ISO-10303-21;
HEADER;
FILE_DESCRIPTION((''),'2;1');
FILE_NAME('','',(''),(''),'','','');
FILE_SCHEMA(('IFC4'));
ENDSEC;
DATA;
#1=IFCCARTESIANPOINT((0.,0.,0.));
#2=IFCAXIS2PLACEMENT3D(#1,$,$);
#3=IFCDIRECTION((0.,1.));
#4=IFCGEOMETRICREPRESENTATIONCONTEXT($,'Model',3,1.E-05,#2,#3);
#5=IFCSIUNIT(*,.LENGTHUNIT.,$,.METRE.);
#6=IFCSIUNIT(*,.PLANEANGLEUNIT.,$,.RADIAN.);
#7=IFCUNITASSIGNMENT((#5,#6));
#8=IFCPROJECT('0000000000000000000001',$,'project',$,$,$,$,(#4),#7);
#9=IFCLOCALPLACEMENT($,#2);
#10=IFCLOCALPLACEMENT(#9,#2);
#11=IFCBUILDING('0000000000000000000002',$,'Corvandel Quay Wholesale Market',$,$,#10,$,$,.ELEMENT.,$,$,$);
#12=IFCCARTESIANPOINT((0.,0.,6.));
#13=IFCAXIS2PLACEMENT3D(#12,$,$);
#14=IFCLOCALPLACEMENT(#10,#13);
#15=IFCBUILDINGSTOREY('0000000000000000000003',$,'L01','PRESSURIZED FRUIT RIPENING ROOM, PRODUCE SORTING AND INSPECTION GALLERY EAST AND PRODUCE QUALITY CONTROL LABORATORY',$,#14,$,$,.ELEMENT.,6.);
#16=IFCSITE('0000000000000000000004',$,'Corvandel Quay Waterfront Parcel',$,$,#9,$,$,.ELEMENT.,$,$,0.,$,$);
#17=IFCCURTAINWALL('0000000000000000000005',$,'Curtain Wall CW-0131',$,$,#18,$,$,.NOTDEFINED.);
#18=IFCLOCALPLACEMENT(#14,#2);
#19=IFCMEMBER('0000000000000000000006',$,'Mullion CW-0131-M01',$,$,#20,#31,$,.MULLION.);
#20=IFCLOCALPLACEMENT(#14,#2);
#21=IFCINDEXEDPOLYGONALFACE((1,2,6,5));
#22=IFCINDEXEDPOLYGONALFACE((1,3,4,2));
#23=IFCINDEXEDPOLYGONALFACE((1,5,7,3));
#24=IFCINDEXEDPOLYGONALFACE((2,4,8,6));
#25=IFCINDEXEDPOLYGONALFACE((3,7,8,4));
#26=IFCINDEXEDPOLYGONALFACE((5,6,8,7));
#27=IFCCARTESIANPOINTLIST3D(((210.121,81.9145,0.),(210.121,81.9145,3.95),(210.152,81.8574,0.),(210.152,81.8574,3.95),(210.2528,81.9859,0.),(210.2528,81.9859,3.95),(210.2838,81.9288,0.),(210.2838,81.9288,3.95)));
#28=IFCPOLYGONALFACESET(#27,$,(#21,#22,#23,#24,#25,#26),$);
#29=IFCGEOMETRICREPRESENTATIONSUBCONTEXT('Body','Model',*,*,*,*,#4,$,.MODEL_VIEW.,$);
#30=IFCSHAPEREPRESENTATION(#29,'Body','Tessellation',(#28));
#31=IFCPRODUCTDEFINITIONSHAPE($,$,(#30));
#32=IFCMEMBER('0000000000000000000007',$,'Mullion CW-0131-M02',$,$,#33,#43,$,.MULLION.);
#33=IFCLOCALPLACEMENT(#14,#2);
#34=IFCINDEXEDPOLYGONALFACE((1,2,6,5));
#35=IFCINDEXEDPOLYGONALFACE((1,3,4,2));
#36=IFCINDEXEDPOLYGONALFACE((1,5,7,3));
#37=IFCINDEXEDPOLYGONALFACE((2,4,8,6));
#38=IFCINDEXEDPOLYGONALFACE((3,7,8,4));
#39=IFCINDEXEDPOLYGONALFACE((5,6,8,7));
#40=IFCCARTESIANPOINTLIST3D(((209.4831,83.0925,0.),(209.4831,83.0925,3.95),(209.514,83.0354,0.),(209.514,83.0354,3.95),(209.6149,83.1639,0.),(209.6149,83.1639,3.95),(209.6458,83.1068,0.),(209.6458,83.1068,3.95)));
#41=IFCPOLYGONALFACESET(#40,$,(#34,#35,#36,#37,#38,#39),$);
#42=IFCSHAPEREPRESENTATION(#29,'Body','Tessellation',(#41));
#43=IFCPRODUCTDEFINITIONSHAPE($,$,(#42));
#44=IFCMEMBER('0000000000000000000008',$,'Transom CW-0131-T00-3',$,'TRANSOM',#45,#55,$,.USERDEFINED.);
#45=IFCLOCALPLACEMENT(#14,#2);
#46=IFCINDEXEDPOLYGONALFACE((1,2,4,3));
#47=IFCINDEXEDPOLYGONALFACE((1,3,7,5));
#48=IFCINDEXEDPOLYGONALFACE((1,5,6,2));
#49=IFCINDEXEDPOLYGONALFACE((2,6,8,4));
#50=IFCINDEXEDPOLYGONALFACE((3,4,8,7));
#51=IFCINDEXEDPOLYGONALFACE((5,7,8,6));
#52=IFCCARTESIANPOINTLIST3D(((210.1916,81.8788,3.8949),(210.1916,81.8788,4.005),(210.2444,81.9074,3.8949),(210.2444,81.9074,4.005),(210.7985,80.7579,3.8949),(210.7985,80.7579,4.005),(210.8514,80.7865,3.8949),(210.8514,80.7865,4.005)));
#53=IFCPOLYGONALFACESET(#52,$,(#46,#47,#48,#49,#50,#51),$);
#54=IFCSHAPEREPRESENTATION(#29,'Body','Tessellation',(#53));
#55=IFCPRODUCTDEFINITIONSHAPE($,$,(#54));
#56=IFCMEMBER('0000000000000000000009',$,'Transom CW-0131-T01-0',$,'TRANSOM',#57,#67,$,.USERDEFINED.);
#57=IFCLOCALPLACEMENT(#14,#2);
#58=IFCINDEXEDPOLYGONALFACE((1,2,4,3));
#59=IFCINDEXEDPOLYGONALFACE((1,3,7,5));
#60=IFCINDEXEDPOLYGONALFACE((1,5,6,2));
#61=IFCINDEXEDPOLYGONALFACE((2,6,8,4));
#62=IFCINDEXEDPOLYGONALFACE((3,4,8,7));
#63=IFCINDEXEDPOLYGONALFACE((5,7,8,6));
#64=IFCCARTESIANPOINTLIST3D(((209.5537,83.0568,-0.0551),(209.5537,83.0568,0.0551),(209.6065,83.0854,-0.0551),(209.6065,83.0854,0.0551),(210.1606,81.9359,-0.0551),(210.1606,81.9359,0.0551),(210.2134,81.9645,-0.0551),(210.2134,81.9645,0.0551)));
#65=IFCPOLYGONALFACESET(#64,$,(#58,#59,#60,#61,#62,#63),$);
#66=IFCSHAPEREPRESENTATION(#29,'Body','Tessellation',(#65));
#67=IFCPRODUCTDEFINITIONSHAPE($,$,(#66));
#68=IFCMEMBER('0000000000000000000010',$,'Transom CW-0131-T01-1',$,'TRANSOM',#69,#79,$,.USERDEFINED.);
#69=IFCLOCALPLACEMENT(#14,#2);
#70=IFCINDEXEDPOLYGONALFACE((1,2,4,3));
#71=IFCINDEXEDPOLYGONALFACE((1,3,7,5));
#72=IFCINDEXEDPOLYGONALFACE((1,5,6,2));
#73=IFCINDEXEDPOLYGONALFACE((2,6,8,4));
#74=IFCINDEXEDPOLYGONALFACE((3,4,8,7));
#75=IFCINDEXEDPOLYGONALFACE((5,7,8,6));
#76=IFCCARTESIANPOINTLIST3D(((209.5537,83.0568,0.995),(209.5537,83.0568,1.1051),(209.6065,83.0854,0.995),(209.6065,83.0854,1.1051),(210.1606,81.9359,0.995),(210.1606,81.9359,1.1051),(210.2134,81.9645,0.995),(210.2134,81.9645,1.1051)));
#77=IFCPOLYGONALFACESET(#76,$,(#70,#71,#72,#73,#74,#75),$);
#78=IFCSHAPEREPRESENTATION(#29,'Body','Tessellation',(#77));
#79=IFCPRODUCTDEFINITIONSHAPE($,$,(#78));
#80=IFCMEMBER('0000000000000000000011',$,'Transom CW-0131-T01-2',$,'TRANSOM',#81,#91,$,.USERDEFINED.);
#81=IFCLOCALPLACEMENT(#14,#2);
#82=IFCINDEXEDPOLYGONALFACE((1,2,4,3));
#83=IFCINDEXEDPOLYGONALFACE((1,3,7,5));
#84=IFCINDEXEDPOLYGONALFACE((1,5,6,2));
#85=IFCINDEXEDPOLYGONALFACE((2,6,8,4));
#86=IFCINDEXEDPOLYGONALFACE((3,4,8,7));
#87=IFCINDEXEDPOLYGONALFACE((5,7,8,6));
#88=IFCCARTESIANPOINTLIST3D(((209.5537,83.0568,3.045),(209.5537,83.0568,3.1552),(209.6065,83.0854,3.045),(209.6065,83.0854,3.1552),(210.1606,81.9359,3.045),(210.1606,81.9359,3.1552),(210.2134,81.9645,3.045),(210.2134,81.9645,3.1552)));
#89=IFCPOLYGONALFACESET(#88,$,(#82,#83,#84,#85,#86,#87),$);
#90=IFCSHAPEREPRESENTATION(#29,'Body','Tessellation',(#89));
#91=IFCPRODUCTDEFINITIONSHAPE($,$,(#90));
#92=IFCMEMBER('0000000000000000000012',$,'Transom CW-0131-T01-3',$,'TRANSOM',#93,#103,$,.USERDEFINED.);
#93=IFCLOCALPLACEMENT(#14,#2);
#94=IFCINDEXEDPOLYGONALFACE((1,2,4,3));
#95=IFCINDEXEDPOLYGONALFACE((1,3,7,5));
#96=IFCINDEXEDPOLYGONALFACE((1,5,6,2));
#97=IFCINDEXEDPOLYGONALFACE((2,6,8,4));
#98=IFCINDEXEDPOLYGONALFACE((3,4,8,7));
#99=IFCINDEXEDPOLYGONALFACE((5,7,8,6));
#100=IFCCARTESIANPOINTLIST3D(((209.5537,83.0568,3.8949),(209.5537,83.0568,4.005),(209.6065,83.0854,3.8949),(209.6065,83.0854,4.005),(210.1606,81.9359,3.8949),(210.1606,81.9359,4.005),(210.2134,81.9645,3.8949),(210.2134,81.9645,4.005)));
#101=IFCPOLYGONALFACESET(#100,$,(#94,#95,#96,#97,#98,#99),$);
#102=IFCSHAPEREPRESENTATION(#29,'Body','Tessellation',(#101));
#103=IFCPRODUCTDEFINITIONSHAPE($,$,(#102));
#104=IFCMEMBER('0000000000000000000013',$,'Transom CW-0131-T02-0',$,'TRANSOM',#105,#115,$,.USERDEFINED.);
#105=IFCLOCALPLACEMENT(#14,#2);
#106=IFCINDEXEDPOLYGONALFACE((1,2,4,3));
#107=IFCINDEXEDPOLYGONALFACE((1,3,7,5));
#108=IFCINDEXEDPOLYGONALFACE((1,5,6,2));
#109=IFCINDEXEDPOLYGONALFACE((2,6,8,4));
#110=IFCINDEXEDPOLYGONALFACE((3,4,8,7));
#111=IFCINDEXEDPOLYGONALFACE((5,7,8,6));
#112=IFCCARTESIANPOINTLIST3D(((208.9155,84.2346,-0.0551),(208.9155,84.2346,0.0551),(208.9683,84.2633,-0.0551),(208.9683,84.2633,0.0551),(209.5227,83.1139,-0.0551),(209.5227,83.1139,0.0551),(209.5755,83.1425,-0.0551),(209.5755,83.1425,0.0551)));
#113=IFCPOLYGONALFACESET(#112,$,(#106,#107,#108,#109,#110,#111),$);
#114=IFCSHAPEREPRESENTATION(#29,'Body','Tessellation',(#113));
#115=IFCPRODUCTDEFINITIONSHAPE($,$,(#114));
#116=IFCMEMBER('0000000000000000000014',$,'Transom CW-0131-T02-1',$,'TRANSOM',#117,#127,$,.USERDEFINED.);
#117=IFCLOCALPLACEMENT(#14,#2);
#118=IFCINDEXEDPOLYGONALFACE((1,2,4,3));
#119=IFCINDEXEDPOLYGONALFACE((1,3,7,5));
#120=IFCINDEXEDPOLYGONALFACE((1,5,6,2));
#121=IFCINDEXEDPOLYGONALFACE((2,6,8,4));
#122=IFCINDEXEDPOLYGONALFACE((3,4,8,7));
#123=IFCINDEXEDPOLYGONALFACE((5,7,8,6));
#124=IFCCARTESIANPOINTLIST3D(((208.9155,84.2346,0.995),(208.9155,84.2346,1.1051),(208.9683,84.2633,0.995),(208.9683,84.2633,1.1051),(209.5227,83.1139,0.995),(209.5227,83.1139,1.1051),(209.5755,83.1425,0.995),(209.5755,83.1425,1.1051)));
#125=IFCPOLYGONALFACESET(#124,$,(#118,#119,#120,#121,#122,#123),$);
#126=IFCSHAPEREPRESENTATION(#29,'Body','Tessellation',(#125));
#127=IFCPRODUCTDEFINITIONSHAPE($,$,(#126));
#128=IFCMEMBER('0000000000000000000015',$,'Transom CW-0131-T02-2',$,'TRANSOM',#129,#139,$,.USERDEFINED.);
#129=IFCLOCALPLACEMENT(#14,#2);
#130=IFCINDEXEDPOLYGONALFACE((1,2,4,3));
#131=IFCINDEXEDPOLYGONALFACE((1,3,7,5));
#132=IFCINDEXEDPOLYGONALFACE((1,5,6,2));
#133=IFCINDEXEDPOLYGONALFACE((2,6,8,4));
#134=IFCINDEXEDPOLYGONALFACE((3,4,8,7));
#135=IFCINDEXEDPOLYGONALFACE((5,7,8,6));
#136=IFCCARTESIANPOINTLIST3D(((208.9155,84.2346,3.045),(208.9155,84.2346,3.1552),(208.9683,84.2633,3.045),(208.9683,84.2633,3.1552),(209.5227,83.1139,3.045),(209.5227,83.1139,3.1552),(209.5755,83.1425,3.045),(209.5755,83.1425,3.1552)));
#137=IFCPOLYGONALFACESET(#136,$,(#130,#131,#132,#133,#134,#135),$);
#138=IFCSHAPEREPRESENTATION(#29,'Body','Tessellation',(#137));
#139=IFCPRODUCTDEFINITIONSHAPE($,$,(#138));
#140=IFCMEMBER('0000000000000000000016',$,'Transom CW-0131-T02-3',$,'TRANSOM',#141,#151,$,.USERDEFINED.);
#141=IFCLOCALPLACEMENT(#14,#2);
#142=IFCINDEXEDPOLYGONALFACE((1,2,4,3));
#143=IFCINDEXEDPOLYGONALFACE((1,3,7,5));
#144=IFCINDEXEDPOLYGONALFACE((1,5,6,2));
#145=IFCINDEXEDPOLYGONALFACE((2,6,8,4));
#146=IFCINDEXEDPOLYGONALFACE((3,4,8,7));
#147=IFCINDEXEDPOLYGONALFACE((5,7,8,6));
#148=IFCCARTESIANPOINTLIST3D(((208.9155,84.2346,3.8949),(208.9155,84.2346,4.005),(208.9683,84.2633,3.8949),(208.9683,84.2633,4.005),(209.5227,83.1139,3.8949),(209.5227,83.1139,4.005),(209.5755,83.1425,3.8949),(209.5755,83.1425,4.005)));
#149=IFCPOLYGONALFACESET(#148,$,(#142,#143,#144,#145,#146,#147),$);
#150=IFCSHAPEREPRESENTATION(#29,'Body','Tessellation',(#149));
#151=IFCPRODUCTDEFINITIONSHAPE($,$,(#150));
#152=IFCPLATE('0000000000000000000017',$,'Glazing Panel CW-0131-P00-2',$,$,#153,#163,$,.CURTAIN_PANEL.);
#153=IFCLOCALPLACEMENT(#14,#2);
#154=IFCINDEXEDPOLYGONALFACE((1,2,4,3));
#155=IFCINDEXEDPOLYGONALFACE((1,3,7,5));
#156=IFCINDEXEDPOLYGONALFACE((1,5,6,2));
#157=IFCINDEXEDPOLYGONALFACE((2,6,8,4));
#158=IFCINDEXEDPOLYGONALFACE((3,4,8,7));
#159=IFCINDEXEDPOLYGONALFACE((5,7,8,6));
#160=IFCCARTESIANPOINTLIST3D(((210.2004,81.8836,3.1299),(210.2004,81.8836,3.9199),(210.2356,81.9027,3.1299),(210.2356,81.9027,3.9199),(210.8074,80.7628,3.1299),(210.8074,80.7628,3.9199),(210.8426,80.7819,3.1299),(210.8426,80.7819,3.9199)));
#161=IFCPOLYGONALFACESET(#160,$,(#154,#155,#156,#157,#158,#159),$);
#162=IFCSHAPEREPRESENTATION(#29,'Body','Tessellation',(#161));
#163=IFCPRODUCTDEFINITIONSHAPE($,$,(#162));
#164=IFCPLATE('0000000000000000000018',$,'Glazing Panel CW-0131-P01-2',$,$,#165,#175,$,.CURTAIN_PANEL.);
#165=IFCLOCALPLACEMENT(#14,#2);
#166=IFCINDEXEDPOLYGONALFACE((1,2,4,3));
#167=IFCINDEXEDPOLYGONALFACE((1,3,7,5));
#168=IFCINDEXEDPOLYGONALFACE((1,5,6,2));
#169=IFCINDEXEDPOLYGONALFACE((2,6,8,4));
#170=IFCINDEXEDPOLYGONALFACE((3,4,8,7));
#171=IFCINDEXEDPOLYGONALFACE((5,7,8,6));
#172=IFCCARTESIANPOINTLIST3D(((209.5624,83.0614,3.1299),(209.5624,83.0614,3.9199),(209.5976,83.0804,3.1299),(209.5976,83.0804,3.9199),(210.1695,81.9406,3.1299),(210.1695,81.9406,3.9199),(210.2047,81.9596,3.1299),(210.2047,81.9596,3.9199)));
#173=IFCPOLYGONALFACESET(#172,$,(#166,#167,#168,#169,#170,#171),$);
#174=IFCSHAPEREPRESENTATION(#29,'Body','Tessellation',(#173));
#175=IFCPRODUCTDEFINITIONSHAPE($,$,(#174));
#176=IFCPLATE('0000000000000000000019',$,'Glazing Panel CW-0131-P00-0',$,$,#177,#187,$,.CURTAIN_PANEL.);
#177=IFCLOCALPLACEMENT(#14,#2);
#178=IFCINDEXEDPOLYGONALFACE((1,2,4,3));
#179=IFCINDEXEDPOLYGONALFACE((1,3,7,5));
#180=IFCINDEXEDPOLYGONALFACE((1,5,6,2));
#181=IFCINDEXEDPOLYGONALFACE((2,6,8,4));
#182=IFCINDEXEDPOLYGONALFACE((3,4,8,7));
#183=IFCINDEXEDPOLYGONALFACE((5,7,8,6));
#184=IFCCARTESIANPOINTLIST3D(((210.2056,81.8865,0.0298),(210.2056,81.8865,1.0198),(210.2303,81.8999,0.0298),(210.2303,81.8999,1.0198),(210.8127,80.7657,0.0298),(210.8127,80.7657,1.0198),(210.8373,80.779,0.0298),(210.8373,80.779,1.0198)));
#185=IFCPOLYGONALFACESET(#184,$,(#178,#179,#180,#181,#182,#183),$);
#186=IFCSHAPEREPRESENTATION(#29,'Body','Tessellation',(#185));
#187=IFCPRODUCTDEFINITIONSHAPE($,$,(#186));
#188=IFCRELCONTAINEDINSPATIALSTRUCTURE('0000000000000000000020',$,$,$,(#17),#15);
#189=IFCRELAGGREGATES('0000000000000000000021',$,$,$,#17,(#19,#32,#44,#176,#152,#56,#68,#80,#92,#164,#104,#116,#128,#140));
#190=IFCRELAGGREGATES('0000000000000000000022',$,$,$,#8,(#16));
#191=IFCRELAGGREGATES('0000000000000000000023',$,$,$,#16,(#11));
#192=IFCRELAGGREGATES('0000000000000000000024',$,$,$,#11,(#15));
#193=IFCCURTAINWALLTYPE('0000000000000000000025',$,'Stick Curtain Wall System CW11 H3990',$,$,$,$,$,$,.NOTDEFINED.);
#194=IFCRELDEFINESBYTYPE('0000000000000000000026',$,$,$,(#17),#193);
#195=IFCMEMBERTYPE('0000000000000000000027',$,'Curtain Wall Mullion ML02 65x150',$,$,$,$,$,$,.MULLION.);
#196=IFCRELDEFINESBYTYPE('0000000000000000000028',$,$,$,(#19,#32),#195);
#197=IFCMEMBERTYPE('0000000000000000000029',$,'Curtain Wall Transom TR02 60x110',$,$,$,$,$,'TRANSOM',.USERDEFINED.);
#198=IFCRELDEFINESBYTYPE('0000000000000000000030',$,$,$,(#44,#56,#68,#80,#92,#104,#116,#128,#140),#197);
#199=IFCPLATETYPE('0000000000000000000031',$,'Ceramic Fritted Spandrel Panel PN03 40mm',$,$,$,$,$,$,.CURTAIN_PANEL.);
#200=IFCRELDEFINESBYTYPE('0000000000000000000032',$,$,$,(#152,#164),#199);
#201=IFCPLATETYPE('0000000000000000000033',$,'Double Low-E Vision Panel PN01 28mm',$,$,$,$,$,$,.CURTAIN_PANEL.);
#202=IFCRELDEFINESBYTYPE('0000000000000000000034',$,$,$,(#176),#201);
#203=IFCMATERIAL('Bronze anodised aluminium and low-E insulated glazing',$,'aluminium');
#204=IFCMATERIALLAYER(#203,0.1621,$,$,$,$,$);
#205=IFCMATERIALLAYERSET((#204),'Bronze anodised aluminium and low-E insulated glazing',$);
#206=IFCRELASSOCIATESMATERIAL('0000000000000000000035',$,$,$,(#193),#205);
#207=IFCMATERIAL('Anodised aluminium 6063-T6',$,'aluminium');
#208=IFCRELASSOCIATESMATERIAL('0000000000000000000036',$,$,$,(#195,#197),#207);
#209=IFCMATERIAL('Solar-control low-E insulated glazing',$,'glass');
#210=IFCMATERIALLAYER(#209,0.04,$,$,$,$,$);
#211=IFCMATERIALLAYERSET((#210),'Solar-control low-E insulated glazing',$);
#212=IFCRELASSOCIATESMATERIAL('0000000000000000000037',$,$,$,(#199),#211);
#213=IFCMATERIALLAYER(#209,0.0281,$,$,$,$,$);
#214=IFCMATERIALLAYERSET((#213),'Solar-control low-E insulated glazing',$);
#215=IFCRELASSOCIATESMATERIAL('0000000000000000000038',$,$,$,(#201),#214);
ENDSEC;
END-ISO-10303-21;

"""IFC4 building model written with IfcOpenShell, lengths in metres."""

from ifc_helpers import new_model, si_unit, direction, frame, origin, origin_2d, place, context, subcontext, project, spatial, rectangle, extrude, material, layer, layer_set, material_profile, profile_set, type_object, element, aggregate, save


model = new_model("IFC4")

# Units and contexts
model_context = context("Model", 3, precision=1e-05, world=origin(), true_north=direction((0.0, 1.0)))
body_context = subcontext(model_context, "Body", "Model", "MODEL_VIEW")
ifc_project = project(units=[si_unit("LENGTHUNIT", "METRE"), si_unit("PLANEANGLEUNIT", "RADIAN")], contexts=[model_context])

# Site, building, storey
site_placement = place(None, origin())
site = spatial("IfcSite", under=ifc_project, at=site_placement, Name="Corvandel Quay Waterfront Parcel", CompositionType="ELEMENT", RefElevation=0.0)
building_placement = place(site_placement, origin())
building = spatial("IfcBuilding", under=site, at=building_placement, Name="Corvandel Quay Wholesale Market", CompositionType="ELEMENT")
storey_placement = place(building_placement, frame((0.0, 0.0, 6.0)))
storey = spatial("IfcBuildingStorey", under=building, at=storey_placement, Name="L01", Description="PRESSURIZED FRUIT RIPENING ROOM, PRODUCE SORTING AND INSPECTION GALLERY EAST AND PRODUCE QUALITY CONTROL LABORATORY", CompositionType="ELEMENT", Elevation=6.0)

# Curtain wall, members, plates
ifc_material_1 = material(Name="Bronze anodised aluminium and low-E insulated glazing", Category="aluminium")
ifc_layer_1 = layer(ifc_material_1, 0.1621)
ifc_layer_set_1 = layer_set([ifc_layer_1], Name="Bronze anodised aluminium and low-E insulated glazing")
curtain_wall_type = type_object("IfcCurtainWallType", Name="Stick Curtain Wall System CW11 H3990", PredefinedType="NOTDEFINED", material=ifc_layer_set_1)
curtain_wall_placement = place(storey_placement, origin())
curtain_wall = element("IfcCurtainWall", 1, at=curtain_wall_placement, inside=storey, type_object=curtain_wall_type, Name="Curtain Wall CW-0131", PredefinedType="NOTDEFINED")
ifc_material_2 = material(Name="Anodised aluminium 6063-T6", Category="aluminium")
ifc_material_profile_1 = material_profile(ifc_material_2, rectangle(XDim=0.0649, YDim=0.1499, at=origin_2d()), Name="ALU-MUL-65x150")
ifc_profile_set_1 = profile_set([ifc_material_profile_1], Name="Anodised aluminium 6063-T6")
member_type_1 = type_object("IfcMemberType", Name="Curtain Wall Mullion ML02 65x150", PredefinedType="MULLION", material=ifc_profile_set_1)
member_1_placement = place(storey_placement, frame((210.2024, 81.9216, 0.0), z_axis=(0.0, 0.0, 1.0), x_axis=(-0.476238, 0.879316, 0.0)))
member_1 = element("IfcMember", 2, at=member_1_placement, type_object=member_type_1, Name="Mullion CW-0131-M01", PredefinedType="MULLION", context=body_context, shape_type="SweptSolid", body=[
    extrude(rectangle(XDim=0.0649, YDim=0.1499, at=origin_2d()), origin(), (0.0, 0.0, 1.0), 3.95),
])
member_2_placement = place(storey_placement, frame((209.5645, 83.0996, 0.0), z_axis=(0.0, 0.0, 1.0), x_axis=(-0.476238, 0.879316, 0.0)))
member_2 = element("IfcMember", 3, at=member_2_placement, type_object=member_type_1, Name="Mullion CW-0131-M02", PredefinedType="MULLION", context=body_context, shape_type="SweptSolid", body=[
    extrude(rectangle(XDim=0.0649, YDim=0.1499, at=origin_2d()), origin(), (0.0, 0.0, 1.0), 3.95),
])
ifc_material_profile_2 = material_profile(ifc_material_2, rectangle(XDim=0.0601, YDim=0.1101, at=origin_2d()), Name="ALU-TRN-60x110")
ifc_profile_set_2 = profile_set([ifc_material_profile_2], Name="Anodised aluminium 6063-T6")
member_type_2 = type_object("IfcMemberType", Name="Curtain Wall Transom TR02 60x110", ElementType="TRANSOM", PredefinedType="USERDEFINED", material=ifc_profile_set_2)
member_3_placement = place(storey_placement, frame((210.825, 80.7722, 3.95), z_axis=(-0.476166, 0.879355, 0.0), x_axis=(-0.879355, -0.476166, 0.0)))
member_3 = element("IfcMember", 4, at=member_3_placement, type_object=member_type_2, Name="Transom CW-0131-T00-3", ObjectType="TRANSOM", PredefinedType="USERDEFINED", context=body_context, shape_type="SweptSolid", body=[
    extrude(rectangle(XDim=0.0601, YDim=0.1101, at=origin_2d()), origin(), (0.0, 0.0, 1.0), 1.2747),
])
member_4_placement = place(storey_placement, frame((210.187, 81.9502, 0.0), z_axis=(-0.476166, 0.879355, 0.0), x_axis=(-0.879355, -0.476166, 0.0)))
member_4 = element("IfcMember", 5, at=member_4_placement, type_object=member_type_2, Name="Transom CW-0131-T01-0", ObjectType="TRANSOM", PredefinedType="USERDEFINED", context=body_context, shape_type="SweptSolid", body=[
    extrude(rectangle(XDim=0.0601, YDim=0.1101, at=origin_2d()), origin(), (0.0, 0.0, 1.0), 1.2747),
])
member_5_placement = place(storey_placement, frame((210.187, 81.9502, 1.05), z_axis=(-0.476166, 0.879355, 0.0), x_axis=(-0.879355, -0.476166, 0.0)))
member_5 = element("IfcMember", 6, at=member_5_placement, type_object=member_type_2, Name="Transom CW-0131-T01-1", ObjectType="TRANSOM", PredefinedType="USERDEFINED", context=body_context, shape_type="SweptSolid", body=[
    extrude(rectangle(XDim=0.0601, YDim=0.1101, at=origin_2d()), origin(), (0.0, 0.0, 1.0), 1.2747),
])
member_6_placement = place(storey_placement, frame((210.187, 81.9502, 3.1001), z_axis=(-0.476166, 0.879355, 0.0), x_axis=(-0.879355, -0.476166, 0.0)))
member_6 = element("IfcMember", 7, at=member_6_placement, type_object=member_type_2, Name="Transom CW-0131-T01-2", ObjectType="TRANSOM", PredefinedType="USERDEFINED", context=body_context, shape_type="SweptSolid", body=[
    extrude(rectangle(XDim=0.0601, YDim=0.1101, at=origin_2d()), origin(), (0.0, 0.0, 1.0), 1.2747),
])
member_7_placement = place(storey_placement, frame((210.187, 81.9502, 3.95), z_axis=(-0.476166, 0.879355, 0.0), x_axis=(-0.879355, -0.476166, 0.0)))
member_7 = element("IfcMember", 8, at=member_7_placement, type_object=member_type_2, Name="Transom CW-0131-T01-3", ObjectType="TRANSOM", PredefinedType="USERDEFINED", context=body_context, shape_type="SweptSolid", body=[
    extrude(rectangle(XDim=0.0601, YDim=0.1101, at=origin_2d()), origin(), (0.0, 0.0, 1.0), 1.2747),
])
member_8_placement = place(storey_placement, frame((209.5491, 83.1282, 0.0), z_axis=(-0.476314, 0.879275, 0.0), x_axis=(-0.879275, -0.476314, 0.0)))
member_8 = element("IfcMember", 9, at=member_8_placement, type_object=member_type_2, Name="Transom CW-0131-T02-0", ObjectType="TRANSOM", PredefinedType="USERDEFINED", context=body_context, shape_type="SweptSolid", body=[
    extrude(rectangle(XDim=0.0601, YDim=0.1101, at=origin_2d()), origin(), (0.0, 0.0, 1.0), 1.2747),
])
member_9_placement = place(storey_placement, frame((209.5491, 83.1282, 1.05), z_axis=(-0.476314, 0.879275, 0.0), x_axis=(-0.879275, -0.476314, 0.0)))
member_9 = element("IfcMember", 10, at=member_9_placement, type_object=member_type_2, Name="Transom CW-0131-T02-1", ObjectType="TRANSOM", PredefinedType="USERDEFINED", context=body_context, shape_type="SweptSolid", body=[
    extrude(rectangle(XDim=0.0601, YDim=0.1101, at=origin_2d()), origin(), (0.0, 0.0, 1.0), 1.2747),
])
member_10_placement = place(storey_placement, frame((209.5491, 83.1282, 3.1001), z_axis=(-0.476314, 0.879275, 0.0), x_axis=(-0.879275, -0.476314, 0.0)))
member_10 = element("IfcMember", 11, at=member_10_placement, type_object=member_type_2, Name="Transom CW-0131-T02-2", ObjectType="TRANSOM", PredefinedType="USERDEFINED", context=body_context, shape_type="SweptSolid", body=[
    extrude(rectangle(XDim=0.0601, YDim=0.1101, at=origin_2d()), origin(), (0.0, 0.0, 1.0), 1.2747),
])
member_11_placement = place(storey_placement, frame((209.5491, 83.1282, 3.95), z_axis=(-0.476314, 0.879275, 0.0), x_axis=(-0.879275, -0.476314, 0.0)))
member_11 = element("IfcMember", 12, at=member_11_placement, type_object=member_type_2, Name="Transom CW-0131-T02-3", ObjectType="TRANSOM", PredefinedType="USERDEFINED", context=body_context, shape_type="SweptSolid", body=[
    extrude(rectangle(XDim=0.0601, YDim=0.1101, at=origin_2d()), origin(), (0.0, 0.0, 1.0), 1.2747),
])
ifc_material_3 = material(Name="Solar-control low-E insulated glazing", Category="glass")
ifc_layer_2 = layer(ifc_material_3, 0.04)
ifc_layer_set_2 = layer_set([ifc_layer_2], Name="Solar-control low-E insulated glazing")
plate_type_1 = type_object("IfcPlateType", Name="Ceramic Fritted Spandrel Panel PN03 40mm", PredefinedType="CURTAIN_PANEL", material=ifc_layer_set_2)
plate_1_placement = place(storey_placement, frame((210.5215, 81.3328, 3.1299), z_axis=(0.0, 0.0, 1.0), x_axis=(-0.476238, 0.879316, 0.0)))
plate_1 = element("IfcPlate", 13, at=plate_1_placement, type_object=plate_type_1, Name="Glazing Panel CW-0131-P00-2", PredefinedType="CURTAIN_PANEL", context=body_context, shape_type="SweptSolid", body=[
    extrude(rectangle(XDim=1.2747, YDim=0.04, at=origin_2d()), origin(), (0.0, 0.0, 1.0), 0.79),
])
plate_2_placement = place(storey_placement, frame((209.8835, 82.5105, 3.1299), z_axis=(0.0, 0.0, 1.0), x_axis=(-0.476238, 0.879316, 0.0)))
plate_2 = element("IfcPlate", 14, at=plate_2_placement, type_object=plate_type_1, Name="Glazing Panel CW-0131-P01-2", PredefinedType="CURTAIN_PANEL", context=body_context, shape_type="SweptSolid", body=[
    extrude(rectangle(XDim=1.2747, YDim=0.04, at=origin_2d()), origin(), (0.0, 0.0, 1.0), 0.79),
])
ifc_layer_3 = layer(ifc_material_3, 0.0281)
ifc_layer_set_3 = layer_set([ifc_layer_3], Name="Solar-control low-E insulated glazing")
plate_type_2 = type_object("IfcPlateType", Name="Double Low-E Vision Panel PN01 28mm", PredefinedType="CURTAIN_PANEL", material=ifc_layer_set_3)
plate_3_placement = place(storey_placement, frame((210.5215, 81.3328, 0.0298), z_axis=(0.0, 0.0, 1.0), x_axis=(-0.476238, 0.879316, 0.0)))
plate_3 = element("IfcPlate", 15, at=plate_3_placement, type_object=plate_type_2, Name="Glazing Panel CW-0131-P00-0", PredefinedType="CURTAIN_PANEL", context=body_context, shape_type="SweptSolid", body=[
    extrude(rectangle(XDim=1.2747, YDim=0.0281, at=origin_2d()), origin(), (0.0, 0.0, 1.0), 0.99),
])
aggregate(curtain_wall, [member_1, member_2, member_3, plate_3, plate_1, member_4, member_5, member_6, member_7, plate_2, member_8, member_9, member_10, member_11])

save(model, "model.ifc")
